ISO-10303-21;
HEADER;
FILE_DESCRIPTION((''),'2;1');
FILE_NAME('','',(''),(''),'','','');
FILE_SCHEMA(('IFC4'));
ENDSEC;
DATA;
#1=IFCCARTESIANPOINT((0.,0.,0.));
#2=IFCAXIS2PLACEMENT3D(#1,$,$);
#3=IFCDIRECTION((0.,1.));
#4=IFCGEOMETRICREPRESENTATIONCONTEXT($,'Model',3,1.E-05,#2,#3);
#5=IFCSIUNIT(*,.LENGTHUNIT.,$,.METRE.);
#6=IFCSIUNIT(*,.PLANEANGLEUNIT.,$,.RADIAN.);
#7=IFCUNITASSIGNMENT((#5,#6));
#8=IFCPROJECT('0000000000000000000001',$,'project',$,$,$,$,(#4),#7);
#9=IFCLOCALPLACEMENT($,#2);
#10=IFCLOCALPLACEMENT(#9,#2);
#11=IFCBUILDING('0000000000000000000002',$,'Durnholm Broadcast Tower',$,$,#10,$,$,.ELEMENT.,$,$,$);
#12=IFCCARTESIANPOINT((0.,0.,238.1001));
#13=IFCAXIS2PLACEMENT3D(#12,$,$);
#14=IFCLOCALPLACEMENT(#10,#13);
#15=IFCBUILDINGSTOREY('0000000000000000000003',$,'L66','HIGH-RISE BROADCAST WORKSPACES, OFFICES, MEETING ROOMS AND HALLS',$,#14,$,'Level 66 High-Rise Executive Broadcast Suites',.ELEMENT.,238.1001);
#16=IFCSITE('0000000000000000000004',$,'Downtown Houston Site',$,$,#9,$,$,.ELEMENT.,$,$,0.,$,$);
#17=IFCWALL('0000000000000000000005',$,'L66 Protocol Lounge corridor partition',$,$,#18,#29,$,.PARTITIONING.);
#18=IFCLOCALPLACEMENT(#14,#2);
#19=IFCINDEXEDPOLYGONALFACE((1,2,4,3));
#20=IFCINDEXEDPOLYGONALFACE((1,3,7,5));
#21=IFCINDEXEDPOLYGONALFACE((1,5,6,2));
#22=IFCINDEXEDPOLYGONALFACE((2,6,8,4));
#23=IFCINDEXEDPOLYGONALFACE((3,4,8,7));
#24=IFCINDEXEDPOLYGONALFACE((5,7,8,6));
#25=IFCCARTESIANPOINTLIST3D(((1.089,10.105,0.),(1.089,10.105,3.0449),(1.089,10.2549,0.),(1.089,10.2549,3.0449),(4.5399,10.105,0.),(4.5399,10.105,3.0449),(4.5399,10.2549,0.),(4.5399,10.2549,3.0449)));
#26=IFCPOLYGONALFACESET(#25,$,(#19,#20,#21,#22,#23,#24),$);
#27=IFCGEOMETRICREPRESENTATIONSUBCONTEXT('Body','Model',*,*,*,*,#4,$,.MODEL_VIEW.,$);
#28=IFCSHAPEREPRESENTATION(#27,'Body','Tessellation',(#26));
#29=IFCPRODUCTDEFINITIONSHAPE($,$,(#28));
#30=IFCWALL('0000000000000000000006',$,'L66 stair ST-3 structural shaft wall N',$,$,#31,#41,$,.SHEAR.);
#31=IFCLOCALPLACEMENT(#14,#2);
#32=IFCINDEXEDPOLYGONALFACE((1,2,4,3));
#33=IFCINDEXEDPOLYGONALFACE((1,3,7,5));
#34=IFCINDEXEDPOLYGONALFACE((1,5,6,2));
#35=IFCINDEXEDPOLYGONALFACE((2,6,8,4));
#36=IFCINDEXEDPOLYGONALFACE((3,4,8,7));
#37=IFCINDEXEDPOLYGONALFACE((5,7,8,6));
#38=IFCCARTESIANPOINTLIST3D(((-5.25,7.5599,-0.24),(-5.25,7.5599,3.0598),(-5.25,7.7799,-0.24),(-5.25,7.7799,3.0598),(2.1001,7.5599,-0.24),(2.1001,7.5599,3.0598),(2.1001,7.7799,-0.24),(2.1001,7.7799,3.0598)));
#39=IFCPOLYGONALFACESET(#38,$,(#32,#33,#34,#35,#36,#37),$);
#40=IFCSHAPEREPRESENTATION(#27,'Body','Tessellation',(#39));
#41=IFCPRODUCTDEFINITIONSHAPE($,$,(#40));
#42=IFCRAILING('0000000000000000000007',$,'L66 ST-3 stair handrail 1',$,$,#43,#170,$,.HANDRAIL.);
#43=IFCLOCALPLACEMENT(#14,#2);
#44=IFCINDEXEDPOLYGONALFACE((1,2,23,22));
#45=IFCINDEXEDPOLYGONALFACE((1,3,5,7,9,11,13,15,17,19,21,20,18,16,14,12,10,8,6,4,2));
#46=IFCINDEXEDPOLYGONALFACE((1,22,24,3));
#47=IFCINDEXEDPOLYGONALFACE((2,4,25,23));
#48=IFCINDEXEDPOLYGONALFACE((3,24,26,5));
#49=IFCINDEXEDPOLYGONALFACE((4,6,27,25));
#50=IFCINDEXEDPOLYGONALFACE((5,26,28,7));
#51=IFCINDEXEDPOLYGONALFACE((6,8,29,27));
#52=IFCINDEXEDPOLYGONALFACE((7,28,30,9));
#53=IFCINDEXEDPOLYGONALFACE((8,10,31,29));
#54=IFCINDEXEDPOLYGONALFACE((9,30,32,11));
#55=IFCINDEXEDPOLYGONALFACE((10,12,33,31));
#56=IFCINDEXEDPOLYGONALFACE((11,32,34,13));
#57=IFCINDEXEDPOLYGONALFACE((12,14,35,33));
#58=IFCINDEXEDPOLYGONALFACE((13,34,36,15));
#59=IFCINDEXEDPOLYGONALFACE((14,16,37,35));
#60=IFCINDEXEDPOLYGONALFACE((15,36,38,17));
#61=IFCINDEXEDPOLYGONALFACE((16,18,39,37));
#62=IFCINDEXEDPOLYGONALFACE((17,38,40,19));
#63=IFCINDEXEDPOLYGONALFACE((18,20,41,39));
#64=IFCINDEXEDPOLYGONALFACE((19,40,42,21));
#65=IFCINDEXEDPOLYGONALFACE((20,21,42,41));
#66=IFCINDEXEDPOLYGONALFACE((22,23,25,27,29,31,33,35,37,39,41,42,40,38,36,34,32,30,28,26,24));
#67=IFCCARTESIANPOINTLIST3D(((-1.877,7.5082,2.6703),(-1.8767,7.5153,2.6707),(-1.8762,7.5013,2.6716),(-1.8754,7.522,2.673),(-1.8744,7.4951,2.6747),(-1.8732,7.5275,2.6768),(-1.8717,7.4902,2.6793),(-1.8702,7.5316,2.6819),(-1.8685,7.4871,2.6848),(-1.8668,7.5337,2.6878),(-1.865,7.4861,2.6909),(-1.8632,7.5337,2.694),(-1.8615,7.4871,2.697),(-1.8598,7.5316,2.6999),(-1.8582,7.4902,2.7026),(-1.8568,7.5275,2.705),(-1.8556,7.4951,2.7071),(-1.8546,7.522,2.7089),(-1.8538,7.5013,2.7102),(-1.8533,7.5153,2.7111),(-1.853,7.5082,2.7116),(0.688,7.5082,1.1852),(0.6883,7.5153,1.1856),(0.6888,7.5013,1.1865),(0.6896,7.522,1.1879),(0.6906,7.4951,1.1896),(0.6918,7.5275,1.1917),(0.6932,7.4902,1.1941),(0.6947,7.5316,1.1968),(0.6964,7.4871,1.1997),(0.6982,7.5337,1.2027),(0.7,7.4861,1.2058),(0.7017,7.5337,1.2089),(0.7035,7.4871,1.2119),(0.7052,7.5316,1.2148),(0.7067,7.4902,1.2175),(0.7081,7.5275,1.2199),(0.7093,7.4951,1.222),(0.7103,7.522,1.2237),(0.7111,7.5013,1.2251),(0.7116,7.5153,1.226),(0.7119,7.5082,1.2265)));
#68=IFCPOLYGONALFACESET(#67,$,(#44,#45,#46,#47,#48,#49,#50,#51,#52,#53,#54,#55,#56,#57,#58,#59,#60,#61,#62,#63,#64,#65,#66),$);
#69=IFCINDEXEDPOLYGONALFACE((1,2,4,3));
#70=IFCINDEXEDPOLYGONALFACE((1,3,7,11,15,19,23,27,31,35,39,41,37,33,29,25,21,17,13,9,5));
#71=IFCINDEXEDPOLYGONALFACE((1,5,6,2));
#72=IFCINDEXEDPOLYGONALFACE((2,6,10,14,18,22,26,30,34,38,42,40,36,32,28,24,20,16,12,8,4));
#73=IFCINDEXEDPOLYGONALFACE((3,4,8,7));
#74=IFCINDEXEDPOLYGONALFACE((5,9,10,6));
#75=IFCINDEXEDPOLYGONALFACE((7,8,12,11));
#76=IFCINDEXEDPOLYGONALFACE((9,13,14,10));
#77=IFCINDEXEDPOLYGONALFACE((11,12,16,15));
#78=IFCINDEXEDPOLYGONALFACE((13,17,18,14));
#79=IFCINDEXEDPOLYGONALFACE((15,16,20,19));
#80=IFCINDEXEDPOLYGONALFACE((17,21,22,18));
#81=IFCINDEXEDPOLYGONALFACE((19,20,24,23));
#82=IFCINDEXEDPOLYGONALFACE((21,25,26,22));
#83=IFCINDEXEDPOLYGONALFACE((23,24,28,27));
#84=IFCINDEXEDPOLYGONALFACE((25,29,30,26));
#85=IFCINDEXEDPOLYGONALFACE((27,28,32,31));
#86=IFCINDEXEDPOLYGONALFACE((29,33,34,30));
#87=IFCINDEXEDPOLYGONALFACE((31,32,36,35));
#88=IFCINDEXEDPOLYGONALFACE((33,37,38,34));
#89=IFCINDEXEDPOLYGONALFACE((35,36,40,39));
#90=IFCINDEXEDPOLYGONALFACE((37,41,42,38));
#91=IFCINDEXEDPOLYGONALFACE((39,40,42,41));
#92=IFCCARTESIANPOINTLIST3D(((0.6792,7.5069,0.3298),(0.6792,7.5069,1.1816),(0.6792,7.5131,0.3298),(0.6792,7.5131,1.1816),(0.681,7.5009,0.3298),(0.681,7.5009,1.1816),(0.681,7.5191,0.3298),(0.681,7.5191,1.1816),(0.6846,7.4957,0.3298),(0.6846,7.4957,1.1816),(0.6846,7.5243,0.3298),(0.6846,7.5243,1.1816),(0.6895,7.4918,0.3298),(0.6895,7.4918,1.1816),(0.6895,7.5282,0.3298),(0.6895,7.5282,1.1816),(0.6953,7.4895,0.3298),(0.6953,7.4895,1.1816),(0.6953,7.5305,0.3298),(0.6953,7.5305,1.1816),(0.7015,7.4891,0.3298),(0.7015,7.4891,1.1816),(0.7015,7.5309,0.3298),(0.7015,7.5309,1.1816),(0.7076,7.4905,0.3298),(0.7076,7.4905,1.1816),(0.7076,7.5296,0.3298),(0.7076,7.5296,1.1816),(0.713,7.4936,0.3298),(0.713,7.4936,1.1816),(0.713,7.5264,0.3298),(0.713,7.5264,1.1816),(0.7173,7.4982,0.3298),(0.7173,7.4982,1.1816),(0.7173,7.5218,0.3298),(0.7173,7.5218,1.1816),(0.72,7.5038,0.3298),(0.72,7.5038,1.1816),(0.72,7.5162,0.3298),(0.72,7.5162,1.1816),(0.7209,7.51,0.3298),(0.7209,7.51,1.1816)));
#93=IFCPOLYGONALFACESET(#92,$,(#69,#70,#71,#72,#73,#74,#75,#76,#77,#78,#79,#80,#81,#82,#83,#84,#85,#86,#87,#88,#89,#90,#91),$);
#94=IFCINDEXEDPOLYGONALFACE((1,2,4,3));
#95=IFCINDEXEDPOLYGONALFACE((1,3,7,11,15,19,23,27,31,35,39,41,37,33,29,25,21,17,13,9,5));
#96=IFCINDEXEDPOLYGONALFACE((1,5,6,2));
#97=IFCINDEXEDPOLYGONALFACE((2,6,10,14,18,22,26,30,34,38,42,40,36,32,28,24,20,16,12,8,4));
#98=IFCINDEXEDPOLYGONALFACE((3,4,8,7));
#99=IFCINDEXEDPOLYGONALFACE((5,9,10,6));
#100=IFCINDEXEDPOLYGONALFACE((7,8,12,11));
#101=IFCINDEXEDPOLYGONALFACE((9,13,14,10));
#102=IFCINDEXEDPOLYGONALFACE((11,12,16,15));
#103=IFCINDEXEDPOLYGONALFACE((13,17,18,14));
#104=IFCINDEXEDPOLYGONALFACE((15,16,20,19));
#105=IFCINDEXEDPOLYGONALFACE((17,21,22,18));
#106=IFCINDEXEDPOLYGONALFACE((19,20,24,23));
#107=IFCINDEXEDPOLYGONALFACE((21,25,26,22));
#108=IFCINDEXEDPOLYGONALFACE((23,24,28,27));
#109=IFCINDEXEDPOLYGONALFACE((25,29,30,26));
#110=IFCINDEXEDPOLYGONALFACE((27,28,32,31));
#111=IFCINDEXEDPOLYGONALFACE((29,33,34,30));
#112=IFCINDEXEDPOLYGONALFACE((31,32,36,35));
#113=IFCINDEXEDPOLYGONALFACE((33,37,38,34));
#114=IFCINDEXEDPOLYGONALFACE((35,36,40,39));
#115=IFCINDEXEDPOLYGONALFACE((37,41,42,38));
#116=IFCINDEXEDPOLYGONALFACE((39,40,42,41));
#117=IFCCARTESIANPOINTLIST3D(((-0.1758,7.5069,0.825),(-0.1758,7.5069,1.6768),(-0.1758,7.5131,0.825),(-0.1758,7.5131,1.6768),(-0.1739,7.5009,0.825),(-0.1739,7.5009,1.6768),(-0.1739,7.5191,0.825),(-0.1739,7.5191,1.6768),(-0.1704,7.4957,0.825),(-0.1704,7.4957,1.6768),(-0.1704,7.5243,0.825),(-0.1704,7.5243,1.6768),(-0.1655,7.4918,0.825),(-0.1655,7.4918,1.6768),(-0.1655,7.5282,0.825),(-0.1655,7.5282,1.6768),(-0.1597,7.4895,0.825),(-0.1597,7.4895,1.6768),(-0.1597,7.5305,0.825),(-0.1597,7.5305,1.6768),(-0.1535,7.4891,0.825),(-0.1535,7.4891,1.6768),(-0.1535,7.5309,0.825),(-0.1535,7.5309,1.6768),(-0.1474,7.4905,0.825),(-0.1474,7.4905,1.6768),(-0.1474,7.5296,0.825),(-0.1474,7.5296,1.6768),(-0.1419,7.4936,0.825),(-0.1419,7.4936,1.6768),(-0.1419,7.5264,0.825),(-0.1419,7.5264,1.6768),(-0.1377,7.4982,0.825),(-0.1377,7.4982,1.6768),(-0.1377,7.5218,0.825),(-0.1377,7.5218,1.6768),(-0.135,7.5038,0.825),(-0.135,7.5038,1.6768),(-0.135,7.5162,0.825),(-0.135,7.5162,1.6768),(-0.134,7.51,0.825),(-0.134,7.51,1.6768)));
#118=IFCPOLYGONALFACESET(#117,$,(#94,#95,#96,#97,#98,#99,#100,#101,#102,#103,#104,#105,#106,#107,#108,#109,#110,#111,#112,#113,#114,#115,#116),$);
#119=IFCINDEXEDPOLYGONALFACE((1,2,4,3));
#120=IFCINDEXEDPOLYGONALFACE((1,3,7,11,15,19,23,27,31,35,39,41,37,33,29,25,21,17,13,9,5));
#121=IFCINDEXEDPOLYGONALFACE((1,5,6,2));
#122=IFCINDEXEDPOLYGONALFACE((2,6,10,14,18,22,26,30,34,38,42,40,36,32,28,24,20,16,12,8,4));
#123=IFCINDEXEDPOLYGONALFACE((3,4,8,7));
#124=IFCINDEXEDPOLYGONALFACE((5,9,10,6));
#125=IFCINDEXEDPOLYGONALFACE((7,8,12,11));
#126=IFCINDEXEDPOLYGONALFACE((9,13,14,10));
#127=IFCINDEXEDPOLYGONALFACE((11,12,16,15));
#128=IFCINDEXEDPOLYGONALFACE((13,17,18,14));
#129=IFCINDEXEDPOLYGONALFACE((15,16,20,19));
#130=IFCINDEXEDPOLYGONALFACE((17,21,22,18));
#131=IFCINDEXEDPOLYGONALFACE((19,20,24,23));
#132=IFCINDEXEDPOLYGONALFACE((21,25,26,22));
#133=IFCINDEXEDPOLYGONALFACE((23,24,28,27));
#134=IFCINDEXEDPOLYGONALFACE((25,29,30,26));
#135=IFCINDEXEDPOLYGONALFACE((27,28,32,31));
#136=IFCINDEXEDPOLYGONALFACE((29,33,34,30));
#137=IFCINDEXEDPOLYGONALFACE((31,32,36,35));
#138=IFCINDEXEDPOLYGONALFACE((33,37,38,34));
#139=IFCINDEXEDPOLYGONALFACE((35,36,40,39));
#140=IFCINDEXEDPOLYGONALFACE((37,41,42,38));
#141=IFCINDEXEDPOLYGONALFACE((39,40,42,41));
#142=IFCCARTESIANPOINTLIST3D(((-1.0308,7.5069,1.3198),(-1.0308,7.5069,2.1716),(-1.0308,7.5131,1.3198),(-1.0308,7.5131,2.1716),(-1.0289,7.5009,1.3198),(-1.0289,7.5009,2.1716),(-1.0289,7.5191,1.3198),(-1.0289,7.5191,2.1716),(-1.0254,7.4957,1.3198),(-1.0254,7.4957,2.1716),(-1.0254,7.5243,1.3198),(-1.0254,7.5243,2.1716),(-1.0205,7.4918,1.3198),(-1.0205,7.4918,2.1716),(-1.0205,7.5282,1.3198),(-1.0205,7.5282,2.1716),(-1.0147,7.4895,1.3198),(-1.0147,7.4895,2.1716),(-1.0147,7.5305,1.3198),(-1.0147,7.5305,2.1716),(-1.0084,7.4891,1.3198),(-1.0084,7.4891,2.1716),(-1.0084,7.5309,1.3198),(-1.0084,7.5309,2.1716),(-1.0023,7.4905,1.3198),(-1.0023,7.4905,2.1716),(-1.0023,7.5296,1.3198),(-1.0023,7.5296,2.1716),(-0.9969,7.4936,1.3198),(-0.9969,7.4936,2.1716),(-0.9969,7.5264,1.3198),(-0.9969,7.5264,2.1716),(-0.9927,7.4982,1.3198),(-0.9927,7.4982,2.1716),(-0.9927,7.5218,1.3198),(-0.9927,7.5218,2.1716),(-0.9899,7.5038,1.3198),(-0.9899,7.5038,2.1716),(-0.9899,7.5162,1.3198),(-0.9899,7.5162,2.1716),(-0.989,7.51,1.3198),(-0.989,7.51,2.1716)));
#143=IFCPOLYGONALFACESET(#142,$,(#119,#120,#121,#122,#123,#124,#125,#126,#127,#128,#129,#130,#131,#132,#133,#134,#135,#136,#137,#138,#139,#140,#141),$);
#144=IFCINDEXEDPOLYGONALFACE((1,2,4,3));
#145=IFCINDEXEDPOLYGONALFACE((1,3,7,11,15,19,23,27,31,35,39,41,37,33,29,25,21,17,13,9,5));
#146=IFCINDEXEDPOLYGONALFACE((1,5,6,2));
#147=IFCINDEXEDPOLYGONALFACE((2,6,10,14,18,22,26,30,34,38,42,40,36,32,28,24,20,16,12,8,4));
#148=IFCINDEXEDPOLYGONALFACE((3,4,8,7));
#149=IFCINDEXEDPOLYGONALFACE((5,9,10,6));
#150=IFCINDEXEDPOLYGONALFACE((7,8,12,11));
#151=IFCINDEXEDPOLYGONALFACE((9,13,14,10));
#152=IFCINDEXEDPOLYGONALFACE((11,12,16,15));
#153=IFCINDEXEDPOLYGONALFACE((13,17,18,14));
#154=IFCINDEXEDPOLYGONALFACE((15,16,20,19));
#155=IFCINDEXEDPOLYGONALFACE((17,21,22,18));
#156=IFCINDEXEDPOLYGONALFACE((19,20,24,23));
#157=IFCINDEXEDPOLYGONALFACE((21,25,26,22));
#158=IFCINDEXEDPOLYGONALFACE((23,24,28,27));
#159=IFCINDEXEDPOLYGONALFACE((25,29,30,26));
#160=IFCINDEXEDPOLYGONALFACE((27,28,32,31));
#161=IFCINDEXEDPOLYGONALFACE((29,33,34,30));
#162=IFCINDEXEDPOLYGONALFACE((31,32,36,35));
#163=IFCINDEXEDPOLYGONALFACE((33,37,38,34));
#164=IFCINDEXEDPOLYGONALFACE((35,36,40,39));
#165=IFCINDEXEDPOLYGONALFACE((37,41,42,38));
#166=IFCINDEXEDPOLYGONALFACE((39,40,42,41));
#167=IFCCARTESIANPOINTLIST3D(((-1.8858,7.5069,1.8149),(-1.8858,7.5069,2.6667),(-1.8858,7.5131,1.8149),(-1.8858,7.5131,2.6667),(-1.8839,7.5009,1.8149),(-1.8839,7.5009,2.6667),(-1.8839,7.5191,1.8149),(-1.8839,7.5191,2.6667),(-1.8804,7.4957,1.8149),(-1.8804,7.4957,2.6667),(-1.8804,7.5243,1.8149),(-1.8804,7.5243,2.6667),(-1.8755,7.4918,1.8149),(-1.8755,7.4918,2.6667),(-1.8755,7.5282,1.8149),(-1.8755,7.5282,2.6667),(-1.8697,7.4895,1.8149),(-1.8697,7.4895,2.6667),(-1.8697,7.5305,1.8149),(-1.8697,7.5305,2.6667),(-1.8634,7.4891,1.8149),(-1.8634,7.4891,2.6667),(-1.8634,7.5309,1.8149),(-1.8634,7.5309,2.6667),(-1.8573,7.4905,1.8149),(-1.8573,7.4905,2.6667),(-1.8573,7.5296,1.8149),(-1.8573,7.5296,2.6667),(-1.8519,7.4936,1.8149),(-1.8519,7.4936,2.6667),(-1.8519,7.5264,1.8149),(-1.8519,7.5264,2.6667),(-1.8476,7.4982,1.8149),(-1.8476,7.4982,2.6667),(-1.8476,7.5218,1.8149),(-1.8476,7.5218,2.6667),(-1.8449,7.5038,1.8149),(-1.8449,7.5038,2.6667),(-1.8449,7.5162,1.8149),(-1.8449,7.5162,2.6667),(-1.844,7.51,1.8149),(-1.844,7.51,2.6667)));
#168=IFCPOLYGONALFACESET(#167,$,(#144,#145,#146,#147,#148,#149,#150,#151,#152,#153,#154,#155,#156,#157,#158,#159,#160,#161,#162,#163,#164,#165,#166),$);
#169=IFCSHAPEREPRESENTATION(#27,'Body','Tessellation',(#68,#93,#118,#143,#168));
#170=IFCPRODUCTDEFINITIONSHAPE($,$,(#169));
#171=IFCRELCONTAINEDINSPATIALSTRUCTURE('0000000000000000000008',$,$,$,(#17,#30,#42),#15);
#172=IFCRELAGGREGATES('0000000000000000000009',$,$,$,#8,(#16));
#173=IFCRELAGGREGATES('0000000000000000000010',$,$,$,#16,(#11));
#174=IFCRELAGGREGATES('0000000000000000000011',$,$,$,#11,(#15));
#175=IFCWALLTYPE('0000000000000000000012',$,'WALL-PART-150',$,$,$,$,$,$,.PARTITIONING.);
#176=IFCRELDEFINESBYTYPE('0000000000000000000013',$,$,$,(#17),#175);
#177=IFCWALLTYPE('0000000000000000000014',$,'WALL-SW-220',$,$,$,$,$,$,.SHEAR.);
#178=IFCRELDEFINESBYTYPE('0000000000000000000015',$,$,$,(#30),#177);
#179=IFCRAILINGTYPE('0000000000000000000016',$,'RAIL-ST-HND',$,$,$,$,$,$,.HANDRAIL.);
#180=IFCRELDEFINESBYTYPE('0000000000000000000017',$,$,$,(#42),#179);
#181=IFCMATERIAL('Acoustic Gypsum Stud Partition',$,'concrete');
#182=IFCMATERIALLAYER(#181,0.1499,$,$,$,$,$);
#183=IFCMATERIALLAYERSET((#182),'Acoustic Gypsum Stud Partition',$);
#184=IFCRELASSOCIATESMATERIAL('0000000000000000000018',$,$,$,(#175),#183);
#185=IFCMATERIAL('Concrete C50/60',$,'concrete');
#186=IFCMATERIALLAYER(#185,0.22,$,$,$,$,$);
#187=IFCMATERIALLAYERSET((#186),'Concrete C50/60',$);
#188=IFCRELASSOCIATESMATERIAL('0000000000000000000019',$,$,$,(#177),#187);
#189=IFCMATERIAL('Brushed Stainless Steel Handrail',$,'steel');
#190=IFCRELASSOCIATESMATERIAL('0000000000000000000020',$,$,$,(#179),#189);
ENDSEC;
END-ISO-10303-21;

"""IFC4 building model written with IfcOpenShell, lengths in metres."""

from ifc_helpers import new_model, si_unit, direction, frame, frame_2d, origin, origin_2d, place, context, subcontext, project, spatial, rectangle, circle, extrude, material, layer, layer_set, type_object, element, save


model = new_model("IFC4")

# Units and contexts
model_context = context("Model", 3, precision=1e-05, world=origin(), true_north=direction((0.0, 1.0)))
body_context = subcontext(model_context, "Body", "Model", "MODEL_VIEW")
ifc_project = project(units=[si_unit("LENGTHUNIT", "METRE"), si_unit("PLANEANGLEUNIT", "RADIAN")], contexts=[model_context])

# Site, building, storey
site_placement = place(None, origin())
site = spatial("IfcSite", under=ifc_project, at=site_placement, Name="Downtown Houston Site", CompositionType="ELEMENT", RefElevation=0.0)
building_placement = place(site_placement, origin())
building = spatial("IfcBuilding", under=site, at=building_placement, Name="Durnholm Broadcast Tower", CompositionType="ELEMENT")
storey_placement = place(building_placement, frame((0.0, 0.0, 238.1001)))
storey = spatial("IfcBuildingStorey", under=building, at=storey_placement, Name="L66", Description="HIGH-RISE BROADCAST WORKSPACES, OFFICES, MEETING ROOMS AND HALLS", LongName="Level 66 High-Rise Executive Broadcast Suites", CompositionType="ELEMENT", Elevation=238.1001)

# Shared definitions
ifc_material_1 = material(Name="Acoustic Gypsum Stud Partition", Category="concrete")
ifc_layer_1 = layer(ifc_material_1, 0.1499)
ifc_layer_set_1 = layer_set([ifc_layer_1], Name="Acoustic Gypsum Stud Partition")
wall_type_1 = type_object("IfcWallType", Name="WALL-PART-150", PredefinedType="PARTITIONING", material=ifc_layer_set_1)

# Walls
wall_1_placement = place(storey_placement, frame((4.54, 10.1799, 0.0), z_axis=(0.0, 0.0, 1.0), x_axis=(-1.0, 0.0, 0.0)))
element("IfcWall", 1, at=wall_1_placement, inside=storey, type_object=wall_type_1, Name="L66 Protocol Lounge corridor partition", PredefinedType="PARTITIONING", context=body_context, shape_type="SweptSolid", body=[
    extrude(rectangle(XDim=3.4509, YDim=0.1499, at=frame_2d((1.7256, 0.0))), origin(), (0.0, 0.0, 1.0), 3.0449),
])
ifc_material_2 = material(Name="Concrete C50/60", Category="concrete")
ifc_layer_2 = layer(ifc_material_2, 0.22)
ifc_layer_set_2 = layer_set([ifc_layer_2], Name="Concrete C50/60")
wall_type_2 = type_object("IfcWallType", Name="WALL-SW-220", PredefinedType="SHEAR", material=ifc_layer_set_2)
wall_2_placement = place(storey_placement, frame((2.1001, 7.6699, -0.24), z_axis=(0.0, 0.0, 1.0), x_axis=(-1.0, 0.0, 0.0)))
element("IfcWall", 2, at=wall_2_placement, inside=storey, type_object=wall_type_2, Name="L66 stair ST-3 structural shaft wall N", PredefinedType="SHEAR", context=body_context, shape_type="SweptSolid", body=[
    extrude(rectangle(XDim=7.3501, YDim=0.22, at=frame_2d((3.675, 0.0))), origin(), (0.0, 0.0, 1.0), 3.2998),
])

# Railing
ifc_material_3 = material(Name="Brushed Stainless Steel Handrail", Category="steel")
railing_type = type_object("IfcRailingType", Name="RAIL-ST-HND", PredefinedType="HANDRAIL", material=ifc_material_3)
railing_placement = place(storey_placement, frame((0.7, 7.51, 0.3298)))
element("IfcRailing", 3, at=railing_placement, inside=storey, type_object=railing_type, Name="L66 ST-3 stair handrail 1", PredefinedType="HANDRAIL", context=body_context, shape_type="SweptSolid", body=[
    extrude(circle(Radius=0.0239, at=origin_2d()), frame((0.0, 0.0, 0.876), z_axis=(-0.865406, 0.0, 0.501072), x_axis=(0.0, -1.0, 0.0)), (0.0, 0.0, 1.0), 2.9639),
    extrude(circle(Radius=0.021, at=origin_2d()), origin(), (0.0, 0.0, 1.0), 0.8518),
    extrude(circle(Radius=0.021, at=origin_2d()), frame((-0.855, 0.0, 0.4951)), (0.0, 0.0, 1.0), 0.8518),
    extrude(circle(Radius=0.021, at=origin_2d()), frame((-1.71, 0.0, 0.99)), (0.0, 0.0, 1.0), 0.8518),
    extrude(circle(Radius=0.021, at=origin_2d()), frame((-2.5649, 0.0, 1.4851)), (0.0, 0.0, 1.0), 0.8518),
])

save(model, "model.ifc")
